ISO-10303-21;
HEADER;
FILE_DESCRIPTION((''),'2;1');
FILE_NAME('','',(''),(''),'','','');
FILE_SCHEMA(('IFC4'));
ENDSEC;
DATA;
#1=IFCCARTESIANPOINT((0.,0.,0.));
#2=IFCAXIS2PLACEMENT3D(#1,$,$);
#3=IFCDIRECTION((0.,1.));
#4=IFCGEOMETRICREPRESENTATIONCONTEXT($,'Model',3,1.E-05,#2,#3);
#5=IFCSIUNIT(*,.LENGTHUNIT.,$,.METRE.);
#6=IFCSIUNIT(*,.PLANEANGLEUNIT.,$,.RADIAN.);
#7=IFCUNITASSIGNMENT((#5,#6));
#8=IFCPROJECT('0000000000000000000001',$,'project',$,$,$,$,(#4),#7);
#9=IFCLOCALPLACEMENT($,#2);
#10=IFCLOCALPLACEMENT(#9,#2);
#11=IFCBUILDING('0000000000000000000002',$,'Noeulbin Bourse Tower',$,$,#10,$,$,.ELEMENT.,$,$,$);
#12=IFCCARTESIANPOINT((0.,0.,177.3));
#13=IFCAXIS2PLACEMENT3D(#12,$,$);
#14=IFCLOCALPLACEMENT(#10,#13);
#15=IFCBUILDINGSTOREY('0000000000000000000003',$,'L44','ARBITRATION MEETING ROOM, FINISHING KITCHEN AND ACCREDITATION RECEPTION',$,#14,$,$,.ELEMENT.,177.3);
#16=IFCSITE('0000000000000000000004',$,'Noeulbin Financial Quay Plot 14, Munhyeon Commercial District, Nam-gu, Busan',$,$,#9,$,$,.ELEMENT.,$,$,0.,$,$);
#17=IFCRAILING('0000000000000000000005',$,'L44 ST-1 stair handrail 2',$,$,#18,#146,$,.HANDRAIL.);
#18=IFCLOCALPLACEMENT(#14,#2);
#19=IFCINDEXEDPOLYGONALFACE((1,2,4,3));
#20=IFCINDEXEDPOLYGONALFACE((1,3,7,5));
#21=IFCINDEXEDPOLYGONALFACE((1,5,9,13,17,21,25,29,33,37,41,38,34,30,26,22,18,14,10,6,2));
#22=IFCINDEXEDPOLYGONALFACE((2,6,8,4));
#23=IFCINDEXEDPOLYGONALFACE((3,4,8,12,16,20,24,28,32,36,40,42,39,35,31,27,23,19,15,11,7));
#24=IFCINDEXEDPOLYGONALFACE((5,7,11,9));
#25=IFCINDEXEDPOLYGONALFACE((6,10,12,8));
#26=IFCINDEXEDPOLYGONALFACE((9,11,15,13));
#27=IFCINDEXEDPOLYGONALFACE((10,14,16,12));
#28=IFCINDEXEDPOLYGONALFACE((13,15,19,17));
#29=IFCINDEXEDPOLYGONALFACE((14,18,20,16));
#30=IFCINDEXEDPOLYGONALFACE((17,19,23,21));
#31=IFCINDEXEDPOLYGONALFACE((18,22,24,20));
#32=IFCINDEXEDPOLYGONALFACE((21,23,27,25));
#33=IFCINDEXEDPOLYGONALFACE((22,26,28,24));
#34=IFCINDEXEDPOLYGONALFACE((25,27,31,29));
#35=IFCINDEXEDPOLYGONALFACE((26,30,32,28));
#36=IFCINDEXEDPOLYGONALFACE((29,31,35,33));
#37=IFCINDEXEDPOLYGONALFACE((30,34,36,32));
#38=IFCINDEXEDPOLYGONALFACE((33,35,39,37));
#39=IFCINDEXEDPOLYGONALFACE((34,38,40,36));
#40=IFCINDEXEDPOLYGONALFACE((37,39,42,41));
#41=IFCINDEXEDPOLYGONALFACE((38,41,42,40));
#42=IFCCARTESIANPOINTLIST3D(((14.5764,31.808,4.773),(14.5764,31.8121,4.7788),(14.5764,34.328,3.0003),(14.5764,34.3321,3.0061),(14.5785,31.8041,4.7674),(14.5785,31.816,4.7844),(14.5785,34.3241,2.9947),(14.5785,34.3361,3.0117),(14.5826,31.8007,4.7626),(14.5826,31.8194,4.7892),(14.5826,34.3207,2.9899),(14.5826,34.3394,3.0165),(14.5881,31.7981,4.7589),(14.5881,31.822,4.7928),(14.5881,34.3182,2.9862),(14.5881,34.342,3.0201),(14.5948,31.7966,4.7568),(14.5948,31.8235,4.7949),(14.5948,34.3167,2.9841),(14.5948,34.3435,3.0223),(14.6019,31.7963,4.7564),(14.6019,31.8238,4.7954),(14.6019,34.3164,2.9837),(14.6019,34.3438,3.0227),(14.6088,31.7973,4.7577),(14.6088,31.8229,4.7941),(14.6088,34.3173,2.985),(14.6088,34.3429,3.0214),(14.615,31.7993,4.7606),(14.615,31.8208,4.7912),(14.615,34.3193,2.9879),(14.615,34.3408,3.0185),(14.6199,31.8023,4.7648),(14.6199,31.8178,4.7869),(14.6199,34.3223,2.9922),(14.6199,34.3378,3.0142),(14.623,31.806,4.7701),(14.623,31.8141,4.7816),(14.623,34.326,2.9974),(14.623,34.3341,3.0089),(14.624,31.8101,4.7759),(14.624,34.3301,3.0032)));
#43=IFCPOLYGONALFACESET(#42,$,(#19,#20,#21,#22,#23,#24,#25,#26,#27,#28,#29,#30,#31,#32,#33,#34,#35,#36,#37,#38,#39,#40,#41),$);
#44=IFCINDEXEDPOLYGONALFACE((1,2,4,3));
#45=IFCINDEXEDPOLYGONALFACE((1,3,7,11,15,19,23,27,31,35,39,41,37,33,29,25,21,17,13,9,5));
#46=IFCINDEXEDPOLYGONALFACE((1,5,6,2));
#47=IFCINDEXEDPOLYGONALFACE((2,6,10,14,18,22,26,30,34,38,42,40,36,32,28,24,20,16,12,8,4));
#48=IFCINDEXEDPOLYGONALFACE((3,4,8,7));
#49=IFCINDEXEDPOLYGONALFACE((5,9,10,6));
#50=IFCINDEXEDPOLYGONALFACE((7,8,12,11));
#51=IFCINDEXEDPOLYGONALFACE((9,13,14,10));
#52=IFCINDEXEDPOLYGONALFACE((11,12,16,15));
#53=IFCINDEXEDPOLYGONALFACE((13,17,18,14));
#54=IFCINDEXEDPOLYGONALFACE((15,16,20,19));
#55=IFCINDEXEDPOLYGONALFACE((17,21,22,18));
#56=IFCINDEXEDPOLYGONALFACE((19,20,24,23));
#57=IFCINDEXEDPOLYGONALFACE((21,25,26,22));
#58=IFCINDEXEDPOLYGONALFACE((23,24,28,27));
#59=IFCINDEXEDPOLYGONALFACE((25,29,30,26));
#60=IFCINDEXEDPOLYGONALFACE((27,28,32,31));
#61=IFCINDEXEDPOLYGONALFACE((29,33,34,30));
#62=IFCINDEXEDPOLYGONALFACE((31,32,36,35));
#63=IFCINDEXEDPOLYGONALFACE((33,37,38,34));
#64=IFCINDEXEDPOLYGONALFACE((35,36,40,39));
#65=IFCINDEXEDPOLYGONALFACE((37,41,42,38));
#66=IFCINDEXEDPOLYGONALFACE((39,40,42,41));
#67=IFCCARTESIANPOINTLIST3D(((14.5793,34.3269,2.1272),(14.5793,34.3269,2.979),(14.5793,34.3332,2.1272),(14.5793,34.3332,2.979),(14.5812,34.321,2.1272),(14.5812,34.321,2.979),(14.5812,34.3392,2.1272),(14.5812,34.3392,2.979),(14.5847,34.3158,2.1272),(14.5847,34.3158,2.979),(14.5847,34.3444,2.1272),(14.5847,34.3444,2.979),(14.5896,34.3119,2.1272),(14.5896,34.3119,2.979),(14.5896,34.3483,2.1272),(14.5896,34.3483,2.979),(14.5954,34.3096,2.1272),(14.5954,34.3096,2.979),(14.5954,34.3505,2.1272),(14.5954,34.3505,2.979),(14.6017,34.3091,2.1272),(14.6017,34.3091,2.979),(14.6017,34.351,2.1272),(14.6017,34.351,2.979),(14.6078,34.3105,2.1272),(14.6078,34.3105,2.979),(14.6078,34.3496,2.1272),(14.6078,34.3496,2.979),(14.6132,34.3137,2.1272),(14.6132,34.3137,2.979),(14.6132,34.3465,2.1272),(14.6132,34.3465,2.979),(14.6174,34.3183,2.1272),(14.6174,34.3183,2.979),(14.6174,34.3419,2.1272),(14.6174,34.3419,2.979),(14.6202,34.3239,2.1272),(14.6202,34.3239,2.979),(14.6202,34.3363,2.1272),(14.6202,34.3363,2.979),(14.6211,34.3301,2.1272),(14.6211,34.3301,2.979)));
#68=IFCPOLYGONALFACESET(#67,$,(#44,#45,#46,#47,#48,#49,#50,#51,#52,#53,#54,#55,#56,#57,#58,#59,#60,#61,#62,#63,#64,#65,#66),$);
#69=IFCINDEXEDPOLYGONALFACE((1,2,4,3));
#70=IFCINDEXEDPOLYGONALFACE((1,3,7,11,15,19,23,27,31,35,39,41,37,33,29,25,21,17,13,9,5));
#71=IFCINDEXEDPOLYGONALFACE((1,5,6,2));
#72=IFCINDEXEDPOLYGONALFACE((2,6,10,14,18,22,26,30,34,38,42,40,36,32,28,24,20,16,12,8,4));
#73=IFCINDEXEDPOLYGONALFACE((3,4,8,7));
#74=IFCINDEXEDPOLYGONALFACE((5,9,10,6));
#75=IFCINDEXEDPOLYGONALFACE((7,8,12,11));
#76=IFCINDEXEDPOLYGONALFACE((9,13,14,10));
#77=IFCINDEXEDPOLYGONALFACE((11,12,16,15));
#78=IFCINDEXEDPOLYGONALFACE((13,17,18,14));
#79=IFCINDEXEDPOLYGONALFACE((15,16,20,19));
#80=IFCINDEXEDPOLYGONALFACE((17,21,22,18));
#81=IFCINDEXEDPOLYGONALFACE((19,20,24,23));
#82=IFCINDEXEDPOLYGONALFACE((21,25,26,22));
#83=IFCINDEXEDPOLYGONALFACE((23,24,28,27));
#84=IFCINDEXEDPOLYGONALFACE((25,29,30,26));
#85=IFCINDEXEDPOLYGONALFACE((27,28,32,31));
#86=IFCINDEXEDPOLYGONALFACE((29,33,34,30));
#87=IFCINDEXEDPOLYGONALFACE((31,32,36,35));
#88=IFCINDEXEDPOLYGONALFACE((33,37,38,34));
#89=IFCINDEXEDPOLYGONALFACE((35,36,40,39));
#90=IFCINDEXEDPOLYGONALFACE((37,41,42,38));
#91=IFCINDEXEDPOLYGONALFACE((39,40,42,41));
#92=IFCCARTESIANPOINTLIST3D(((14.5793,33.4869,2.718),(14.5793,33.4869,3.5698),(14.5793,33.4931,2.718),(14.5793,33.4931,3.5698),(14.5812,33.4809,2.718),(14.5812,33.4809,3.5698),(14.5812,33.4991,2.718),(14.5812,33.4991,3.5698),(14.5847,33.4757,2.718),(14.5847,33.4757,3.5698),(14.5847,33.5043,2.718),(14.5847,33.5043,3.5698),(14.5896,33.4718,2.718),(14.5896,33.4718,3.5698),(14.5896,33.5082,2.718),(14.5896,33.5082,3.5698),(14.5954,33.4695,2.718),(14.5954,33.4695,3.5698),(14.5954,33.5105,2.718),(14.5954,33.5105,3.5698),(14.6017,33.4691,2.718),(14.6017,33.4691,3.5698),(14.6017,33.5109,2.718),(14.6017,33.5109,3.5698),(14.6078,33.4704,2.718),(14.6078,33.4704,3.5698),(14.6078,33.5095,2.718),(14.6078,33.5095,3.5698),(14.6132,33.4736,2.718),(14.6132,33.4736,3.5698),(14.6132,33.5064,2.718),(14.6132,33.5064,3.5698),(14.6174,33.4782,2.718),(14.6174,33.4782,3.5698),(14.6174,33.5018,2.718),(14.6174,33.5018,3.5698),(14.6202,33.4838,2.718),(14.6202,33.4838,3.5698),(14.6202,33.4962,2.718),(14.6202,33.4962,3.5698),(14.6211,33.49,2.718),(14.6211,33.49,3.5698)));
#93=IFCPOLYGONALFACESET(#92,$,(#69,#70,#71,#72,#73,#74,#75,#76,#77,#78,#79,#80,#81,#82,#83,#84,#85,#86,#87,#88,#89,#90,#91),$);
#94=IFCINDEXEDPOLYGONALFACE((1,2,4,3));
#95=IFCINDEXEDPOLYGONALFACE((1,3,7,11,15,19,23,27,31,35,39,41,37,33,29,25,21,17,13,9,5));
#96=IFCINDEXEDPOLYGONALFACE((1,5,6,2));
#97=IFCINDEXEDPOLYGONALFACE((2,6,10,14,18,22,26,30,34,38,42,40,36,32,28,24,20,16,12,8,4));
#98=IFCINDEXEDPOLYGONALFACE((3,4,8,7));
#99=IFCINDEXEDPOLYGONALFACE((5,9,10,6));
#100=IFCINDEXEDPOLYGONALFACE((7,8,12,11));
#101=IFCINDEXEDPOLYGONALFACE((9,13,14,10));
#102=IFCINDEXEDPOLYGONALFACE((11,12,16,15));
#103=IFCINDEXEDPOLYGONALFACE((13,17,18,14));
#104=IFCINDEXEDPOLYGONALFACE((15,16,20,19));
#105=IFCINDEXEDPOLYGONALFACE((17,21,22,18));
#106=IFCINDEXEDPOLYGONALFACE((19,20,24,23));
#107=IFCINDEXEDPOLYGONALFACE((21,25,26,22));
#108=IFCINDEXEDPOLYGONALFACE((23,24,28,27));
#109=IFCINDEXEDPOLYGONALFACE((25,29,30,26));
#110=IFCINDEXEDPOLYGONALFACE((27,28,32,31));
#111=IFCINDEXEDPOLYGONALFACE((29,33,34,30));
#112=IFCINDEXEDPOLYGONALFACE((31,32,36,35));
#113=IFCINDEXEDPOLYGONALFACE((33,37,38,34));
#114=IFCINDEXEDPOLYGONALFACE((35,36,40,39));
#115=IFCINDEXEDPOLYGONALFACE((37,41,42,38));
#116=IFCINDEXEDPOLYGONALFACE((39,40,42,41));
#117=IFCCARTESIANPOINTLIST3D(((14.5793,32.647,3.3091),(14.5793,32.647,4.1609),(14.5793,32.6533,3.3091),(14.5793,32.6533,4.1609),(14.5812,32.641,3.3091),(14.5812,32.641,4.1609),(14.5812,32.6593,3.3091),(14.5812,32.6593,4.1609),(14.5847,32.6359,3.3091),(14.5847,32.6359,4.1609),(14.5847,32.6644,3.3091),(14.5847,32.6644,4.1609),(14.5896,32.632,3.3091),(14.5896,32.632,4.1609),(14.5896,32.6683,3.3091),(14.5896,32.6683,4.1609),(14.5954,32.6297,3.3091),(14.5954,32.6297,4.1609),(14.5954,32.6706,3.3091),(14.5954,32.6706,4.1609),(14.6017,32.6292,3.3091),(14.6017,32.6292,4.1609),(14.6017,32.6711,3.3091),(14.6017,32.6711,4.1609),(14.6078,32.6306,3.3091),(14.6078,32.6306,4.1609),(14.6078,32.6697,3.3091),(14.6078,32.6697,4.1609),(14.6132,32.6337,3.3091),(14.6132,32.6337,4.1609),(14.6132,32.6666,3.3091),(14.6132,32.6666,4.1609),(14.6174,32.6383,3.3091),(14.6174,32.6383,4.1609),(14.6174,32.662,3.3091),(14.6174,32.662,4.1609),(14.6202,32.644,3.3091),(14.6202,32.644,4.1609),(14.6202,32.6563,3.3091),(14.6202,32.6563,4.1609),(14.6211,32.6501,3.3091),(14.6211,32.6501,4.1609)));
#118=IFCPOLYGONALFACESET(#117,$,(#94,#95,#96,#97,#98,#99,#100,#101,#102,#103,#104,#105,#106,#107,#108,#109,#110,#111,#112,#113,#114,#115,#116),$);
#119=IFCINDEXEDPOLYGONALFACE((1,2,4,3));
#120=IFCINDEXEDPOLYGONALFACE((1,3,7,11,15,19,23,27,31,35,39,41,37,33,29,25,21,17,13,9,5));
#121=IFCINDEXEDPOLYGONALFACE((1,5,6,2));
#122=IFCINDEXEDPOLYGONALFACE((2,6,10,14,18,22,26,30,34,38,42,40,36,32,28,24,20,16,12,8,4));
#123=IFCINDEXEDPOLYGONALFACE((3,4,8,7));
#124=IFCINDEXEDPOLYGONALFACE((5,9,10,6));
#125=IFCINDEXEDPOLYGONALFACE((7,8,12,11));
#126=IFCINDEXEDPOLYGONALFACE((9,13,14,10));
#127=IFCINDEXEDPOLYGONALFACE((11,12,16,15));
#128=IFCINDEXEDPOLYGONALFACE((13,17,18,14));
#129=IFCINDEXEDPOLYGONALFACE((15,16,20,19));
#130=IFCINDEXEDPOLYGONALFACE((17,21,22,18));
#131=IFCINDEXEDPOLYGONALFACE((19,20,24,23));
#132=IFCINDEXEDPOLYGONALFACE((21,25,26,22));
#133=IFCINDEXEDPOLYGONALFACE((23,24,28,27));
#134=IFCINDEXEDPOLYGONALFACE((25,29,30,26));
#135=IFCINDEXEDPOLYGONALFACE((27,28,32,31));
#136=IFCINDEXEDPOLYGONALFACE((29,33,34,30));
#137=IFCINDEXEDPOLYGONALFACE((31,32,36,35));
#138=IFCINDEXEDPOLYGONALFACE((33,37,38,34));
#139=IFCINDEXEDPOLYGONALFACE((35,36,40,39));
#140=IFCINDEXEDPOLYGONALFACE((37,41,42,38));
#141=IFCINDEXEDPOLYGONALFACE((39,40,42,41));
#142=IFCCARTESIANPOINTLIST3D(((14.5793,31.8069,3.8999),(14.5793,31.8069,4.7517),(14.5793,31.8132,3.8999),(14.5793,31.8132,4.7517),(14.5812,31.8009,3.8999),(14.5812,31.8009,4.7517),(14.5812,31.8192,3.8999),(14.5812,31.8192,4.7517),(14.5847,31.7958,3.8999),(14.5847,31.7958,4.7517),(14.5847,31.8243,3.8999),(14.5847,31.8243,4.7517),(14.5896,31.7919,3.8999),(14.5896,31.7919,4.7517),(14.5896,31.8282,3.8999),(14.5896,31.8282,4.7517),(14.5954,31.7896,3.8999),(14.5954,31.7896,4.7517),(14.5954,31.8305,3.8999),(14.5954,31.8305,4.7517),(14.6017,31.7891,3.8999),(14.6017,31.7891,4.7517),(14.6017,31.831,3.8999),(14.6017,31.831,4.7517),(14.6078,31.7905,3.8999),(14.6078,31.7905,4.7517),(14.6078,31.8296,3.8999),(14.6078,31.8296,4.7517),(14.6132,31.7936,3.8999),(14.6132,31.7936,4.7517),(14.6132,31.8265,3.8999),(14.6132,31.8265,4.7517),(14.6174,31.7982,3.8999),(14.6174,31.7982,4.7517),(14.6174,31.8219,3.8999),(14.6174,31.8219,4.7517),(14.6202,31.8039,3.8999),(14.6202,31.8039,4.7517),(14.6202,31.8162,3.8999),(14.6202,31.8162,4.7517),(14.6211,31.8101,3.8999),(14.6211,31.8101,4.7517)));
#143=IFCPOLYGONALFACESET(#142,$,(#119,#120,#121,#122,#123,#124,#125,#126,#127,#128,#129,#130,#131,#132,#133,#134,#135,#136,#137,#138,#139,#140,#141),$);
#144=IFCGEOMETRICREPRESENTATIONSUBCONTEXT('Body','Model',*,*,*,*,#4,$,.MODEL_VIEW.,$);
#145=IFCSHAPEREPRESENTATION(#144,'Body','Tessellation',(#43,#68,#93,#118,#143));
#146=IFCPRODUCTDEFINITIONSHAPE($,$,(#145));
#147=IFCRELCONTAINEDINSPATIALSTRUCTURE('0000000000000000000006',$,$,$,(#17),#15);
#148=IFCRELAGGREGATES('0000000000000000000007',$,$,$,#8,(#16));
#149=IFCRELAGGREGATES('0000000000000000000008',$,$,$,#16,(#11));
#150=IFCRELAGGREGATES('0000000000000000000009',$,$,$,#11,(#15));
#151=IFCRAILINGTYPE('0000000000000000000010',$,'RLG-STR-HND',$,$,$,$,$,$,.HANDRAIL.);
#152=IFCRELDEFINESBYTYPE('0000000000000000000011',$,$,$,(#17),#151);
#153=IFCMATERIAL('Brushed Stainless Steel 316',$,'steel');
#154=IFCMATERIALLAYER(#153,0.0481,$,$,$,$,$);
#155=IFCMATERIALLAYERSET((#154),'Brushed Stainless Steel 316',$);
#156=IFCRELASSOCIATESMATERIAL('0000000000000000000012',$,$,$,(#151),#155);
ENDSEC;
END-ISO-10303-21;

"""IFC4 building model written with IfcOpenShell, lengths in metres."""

from ifc_helpers import new_model, si_unit, direction, frame, origin, origin_2d, place, context, subcontext, project, spatial, circle, extrude, material, layer, layer_set, type_object, element, save


model = new_model("IFC4")

# Units and contexts
model_context = context("Model", 3, precision=1e-05, world=origin(), true_north=direction((0.0, 1.0)))
body_context = subcontext(model_context, "Body", "Model", "MODEL_VIEW")
ifc_project = project(units=[si_unit("LENGTHUNIT", "METRE"), si_unit("PLANEANGLEUNIT", "RADIAN")], contexts=[model_context])

# Site, building, storey
site_placement = place(None, origin())
site = spatial("IfcSite", under=ifc_project, at=site_placement, Name="Noeulbin Financial Quay Plot 14, Munhyeon Commercial District, Nam-gu, Busan", CompositionType="ELEMENT", RefElevation=0.0)
building_placement = place(site_placement, origin())
building = spatial("IfcBuilding", under=site, at=building_placement, Name="Noeulbin Bourse Tower", CompositionType="ELEMENT")
storey_placement = place(building_placement, frame((0.0, 0.0, 177.3)))
storey = spatial("IfcBuildingStorey", under=building, at=storey_placement, Name="L44", Description="ARBITRATION MEETING ROOM, FINISHING KITCHEN AND ACCREDITATION RECEPTION", CompositionType="ELEMENT", Elevation=177.3)

# Railing
ifc_material_1 = material(Name="Brushed Stainless Steel 316", Category="steel")
ifc_layer_1 = layer(ifc_material_1, 0.0481)
ifc_layer_set_1 = layer_set([ifc_layer_1], Name="Brushed Stainless Steel 316")
railing_type = type_object("IfcRailingType", Name="RLG-STR-HND", PredefinedType="HANDRAIL", material=ifc_layer_set_1)
railing_placement = place(storey_placement, frame((14.6001, 34.3301, 2.1272)))
element("IfcRailing", 1, at=railing_placement, inside=storey, type_object=railing_type, Name="L44 ST-1 stair handrail 2", PredefinedType="HANDRAIL", context=body_context, shape_type="SweptSolid", body=[
    extrude(circle(Radius=0.0239, at=origin_2d()), frame((0.0, 0.0, 0.876), z_axis=(0.0, -0.817904, 0.575354), x_axis=(1.0, 0.0, 0.0)), (0.0, 0.0, 1.0), 3.0811),
    extrude(circle(Radius=0.021, at=origin_2d()), origin(), (0.0, 0.0, 1.0), 0.8518),
    extrude(circle(Radius=0.021, at=origin_2d()), frame((0.0, -0.8401, 0.5908)), (0.0, 0.0, 1.0), 0.8518),
    extrude(circle(Radius=0.021, at=origin_2d()), frame((0.0, -1.6799, 1.1819)), (0.0, 0.0, 1.0), 0.8518),
    extrude(circle(Radius=0.021, at=origin_2d()), frame((0.0, -2.52, 1.7727)), (0.0, 0.0, 1.0), 0.8518),
])

save(model, "model.ifc")
